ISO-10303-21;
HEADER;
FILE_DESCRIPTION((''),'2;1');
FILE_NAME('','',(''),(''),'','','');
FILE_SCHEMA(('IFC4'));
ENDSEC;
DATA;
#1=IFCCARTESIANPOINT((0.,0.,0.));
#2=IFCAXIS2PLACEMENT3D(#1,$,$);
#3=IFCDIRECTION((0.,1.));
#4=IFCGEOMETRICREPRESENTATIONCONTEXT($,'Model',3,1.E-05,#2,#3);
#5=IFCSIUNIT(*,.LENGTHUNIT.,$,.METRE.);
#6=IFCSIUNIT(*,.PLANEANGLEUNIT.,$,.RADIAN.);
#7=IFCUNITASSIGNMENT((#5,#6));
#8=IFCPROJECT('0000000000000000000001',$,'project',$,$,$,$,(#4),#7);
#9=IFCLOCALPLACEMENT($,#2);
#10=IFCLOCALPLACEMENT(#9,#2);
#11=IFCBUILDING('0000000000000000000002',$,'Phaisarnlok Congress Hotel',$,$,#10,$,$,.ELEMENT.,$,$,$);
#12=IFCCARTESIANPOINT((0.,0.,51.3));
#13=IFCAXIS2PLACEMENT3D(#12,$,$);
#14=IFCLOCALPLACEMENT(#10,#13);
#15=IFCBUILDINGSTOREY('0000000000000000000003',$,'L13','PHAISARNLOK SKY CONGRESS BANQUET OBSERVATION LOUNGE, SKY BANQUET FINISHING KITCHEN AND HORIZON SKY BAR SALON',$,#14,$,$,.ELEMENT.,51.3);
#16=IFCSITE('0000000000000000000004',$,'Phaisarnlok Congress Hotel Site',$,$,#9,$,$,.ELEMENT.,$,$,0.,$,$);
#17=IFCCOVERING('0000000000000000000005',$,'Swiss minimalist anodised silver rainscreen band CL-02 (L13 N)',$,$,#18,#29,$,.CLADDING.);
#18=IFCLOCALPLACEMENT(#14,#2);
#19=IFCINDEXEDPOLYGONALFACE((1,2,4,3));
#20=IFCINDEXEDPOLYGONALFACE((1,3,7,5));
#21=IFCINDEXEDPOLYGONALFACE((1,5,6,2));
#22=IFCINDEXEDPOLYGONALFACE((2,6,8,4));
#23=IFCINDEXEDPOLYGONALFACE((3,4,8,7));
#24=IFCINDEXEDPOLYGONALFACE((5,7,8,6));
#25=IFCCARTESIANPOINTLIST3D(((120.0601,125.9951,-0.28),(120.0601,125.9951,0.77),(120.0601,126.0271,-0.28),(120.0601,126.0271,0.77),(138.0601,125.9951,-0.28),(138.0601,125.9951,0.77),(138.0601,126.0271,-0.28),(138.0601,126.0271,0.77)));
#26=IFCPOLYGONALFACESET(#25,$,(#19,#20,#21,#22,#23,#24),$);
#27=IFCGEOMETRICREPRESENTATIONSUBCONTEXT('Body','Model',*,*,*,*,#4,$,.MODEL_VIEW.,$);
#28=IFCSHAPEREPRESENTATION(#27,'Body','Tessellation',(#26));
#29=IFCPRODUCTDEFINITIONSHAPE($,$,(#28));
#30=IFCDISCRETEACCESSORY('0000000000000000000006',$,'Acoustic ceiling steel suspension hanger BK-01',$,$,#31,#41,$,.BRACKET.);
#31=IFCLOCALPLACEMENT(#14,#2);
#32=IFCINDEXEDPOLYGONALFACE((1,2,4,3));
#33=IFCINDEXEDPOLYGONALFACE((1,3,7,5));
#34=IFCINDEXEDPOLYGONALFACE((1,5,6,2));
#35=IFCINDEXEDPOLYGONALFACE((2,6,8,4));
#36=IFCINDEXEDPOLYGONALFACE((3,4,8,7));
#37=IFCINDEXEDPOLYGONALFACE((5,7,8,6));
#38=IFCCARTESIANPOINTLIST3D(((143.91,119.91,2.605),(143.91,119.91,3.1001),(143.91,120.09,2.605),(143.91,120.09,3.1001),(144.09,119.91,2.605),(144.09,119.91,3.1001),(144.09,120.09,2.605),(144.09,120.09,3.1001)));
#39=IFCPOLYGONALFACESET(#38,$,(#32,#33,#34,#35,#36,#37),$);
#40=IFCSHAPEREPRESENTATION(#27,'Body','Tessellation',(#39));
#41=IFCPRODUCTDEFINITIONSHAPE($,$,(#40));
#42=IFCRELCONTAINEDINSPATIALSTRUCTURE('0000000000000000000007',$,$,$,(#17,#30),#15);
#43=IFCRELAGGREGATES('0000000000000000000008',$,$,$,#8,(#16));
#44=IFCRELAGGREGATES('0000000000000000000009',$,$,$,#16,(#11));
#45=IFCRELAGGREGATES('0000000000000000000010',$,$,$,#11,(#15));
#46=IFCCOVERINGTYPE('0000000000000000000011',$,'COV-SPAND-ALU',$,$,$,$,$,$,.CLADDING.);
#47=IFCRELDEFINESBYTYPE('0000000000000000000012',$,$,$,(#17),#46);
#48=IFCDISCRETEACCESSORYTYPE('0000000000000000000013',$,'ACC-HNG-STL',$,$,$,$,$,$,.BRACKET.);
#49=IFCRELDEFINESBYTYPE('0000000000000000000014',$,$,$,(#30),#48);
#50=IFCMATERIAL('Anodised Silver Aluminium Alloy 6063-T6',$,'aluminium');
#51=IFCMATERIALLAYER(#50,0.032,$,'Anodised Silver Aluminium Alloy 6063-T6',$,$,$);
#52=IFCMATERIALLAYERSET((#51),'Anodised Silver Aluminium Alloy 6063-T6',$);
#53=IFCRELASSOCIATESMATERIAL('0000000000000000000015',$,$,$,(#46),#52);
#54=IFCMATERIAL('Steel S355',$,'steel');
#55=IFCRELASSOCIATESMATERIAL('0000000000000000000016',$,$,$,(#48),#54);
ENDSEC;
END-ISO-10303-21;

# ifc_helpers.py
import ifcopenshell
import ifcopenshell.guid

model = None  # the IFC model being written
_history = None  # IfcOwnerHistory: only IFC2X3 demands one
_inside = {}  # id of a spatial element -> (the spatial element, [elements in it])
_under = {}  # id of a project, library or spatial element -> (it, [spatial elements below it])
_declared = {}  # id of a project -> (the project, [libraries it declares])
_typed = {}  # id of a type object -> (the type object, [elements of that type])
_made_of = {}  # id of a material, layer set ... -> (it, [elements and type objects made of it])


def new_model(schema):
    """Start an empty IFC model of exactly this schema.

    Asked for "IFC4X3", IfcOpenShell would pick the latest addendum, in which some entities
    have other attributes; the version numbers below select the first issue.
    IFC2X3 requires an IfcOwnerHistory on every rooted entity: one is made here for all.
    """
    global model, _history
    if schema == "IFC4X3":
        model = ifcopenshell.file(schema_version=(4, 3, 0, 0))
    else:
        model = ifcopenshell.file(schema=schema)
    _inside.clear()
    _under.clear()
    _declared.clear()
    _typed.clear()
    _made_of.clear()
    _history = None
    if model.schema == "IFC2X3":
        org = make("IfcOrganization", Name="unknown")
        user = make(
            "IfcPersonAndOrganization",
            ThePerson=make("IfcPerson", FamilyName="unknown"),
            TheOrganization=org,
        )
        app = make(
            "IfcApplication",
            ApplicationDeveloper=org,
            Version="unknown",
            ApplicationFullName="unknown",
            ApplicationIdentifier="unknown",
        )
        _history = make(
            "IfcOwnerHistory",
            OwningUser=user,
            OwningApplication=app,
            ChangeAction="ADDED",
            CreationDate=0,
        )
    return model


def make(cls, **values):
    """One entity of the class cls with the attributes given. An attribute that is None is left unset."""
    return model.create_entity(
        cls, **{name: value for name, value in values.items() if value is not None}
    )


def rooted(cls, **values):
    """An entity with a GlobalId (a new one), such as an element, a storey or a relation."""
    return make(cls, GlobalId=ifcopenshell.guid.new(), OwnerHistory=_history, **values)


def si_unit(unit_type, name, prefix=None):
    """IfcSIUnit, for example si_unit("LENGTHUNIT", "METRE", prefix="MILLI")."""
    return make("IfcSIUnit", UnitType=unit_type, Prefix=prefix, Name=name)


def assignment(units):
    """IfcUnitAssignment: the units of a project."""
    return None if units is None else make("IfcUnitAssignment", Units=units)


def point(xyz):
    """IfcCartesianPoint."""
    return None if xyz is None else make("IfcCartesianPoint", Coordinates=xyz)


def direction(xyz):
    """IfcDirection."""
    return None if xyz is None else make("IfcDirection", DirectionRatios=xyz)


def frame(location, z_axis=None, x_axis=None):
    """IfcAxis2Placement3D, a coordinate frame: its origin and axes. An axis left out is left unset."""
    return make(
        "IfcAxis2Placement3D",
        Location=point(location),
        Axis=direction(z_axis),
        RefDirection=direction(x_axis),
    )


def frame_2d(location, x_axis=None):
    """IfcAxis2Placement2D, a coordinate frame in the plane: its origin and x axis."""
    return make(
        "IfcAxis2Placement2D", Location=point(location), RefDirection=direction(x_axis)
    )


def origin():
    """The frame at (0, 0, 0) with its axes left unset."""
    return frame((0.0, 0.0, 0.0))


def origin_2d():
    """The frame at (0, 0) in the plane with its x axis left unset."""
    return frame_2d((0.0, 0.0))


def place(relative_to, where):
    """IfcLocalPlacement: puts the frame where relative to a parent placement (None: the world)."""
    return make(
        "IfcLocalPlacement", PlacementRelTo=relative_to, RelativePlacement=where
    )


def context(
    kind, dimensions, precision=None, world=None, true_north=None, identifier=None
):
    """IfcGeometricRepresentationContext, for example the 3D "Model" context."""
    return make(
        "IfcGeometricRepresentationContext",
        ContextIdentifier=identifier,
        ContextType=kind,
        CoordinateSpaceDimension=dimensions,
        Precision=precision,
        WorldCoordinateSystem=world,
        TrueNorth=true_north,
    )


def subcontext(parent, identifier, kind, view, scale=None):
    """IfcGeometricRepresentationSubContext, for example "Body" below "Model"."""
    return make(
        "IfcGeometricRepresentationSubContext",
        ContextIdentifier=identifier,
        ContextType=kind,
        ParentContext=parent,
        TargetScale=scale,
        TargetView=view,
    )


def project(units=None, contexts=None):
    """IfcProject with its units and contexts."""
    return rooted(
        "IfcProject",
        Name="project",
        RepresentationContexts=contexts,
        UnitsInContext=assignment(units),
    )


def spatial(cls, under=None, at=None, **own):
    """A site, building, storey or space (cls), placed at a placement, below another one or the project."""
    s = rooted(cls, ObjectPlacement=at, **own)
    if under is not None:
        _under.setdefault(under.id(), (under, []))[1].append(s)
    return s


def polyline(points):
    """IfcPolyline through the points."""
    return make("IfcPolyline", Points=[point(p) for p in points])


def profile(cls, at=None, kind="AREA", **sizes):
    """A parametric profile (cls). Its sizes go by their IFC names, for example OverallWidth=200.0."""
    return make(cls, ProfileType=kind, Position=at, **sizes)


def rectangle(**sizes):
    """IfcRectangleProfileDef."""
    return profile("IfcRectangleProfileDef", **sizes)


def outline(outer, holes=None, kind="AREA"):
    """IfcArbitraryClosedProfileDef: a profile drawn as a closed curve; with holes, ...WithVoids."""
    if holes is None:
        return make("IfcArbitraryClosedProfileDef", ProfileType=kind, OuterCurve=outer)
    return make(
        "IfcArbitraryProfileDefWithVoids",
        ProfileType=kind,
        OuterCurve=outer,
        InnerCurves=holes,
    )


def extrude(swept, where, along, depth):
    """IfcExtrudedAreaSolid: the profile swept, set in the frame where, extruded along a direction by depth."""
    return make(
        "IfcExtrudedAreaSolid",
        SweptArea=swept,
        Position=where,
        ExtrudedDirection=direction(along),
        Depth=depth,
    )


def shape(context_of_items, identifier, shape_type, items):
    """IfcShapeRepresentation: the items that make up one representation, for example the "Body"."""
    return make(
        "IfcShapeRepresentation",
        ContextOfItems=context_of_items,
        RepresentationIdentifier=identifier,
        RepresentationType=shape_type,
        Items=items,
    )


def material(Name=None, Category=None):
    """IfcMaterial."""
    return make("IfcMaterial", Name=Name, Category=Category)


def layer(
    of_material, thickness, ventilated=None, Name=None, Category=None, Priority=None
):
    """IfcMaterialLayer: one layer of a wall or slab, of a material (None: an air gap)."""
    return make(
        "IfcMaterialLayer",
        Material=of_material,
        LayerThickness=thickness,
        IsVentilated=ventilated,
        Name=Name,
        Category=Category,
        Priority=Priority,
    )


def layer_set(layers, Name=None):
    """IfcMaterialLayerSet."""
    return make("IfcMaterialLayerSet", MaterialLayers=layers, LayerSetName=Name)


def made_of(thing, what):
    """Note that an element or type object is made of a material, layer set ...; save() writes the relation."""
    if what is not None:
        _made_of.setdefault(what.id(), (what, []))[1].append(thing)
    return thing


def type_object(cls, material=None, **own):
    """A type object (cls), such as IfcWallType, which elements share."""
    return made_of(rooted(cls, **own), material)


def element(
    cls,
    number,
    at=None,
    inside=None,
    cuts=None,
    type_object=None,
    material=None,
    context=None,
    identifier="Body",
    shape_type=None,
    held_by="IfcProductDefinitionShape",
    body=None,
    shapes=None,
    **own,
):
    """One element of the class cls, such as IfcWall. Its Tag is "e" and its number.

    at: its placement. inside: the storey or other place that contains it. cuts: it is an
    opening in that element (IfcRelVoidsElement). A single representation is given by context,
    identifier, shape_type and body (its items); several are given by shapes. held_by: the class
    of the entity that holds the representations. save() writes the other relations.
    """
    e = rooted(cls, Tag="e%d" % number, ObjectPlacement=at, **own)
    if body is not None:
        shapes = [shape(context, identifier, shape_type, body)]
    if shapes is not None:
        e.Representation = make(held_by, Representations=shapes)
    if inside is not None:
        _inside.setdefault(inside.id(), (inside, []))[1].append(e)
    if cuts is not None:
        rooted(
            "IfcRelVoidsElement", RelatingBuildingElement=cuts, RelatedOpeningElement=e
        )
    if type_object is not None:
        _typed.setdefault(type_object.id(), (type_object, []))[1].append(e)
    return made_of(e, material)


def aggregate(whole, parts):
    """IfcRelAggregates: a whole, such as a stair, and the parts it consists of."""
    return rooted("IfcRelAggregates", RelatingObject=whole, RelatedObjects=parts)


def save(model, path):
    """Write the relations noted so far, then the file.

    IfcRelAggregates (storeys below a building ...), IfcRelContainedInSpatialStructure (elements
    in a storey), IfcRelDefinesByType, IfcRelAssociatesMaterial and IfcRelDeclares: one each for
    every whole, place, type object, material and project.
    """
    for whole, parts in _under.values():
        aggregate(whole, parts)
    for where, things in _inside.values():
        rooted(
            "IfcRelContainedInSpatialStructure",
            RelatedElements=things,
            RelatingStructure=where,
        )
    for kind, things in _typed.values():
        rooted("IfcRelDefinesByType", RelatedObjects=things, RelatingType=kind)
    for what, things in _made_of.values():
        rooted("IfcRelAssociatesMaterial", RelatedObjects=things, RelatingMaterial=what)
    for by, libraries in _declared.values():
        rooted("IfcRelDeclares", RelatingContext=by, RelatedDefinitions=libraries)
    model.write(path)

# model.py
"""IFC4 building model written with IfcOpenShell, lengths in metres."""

from ifc_helpers import new_model, si_unit, direction, frame, origin, origin_2d, place, context, subcontext, project, spatial, polyline, rectangle, outline, extrude, material, layer, layer_set, type_object, element, save


model = new_model("IFC4")

# Units and contexts
model_context = context("Model", 3, precision=1e-05, world=origin(), true_north=direction((0.0, 1.0)))
body_context = subcontext(model_context, "Body", "Model", "MODEL_VIEW")
ifc_project = project(units=[si_unit("LENGTHUNIT", "METRE"), si_unit("PLANEANGLEUNIT", "RADIAN")], contexts=[model_context])

# Site, building, storey
site_placement = place(None, origin())
site = spatial("IfcSite", under=ifc_project, at=site_placement, Name="Phaisarnlok Congress Hotel Site", CompositionType="ELEMENT", RefElevation=0.0)
building_placement = place(site_placement, origin())
building = spatial("IfcBuilding", under=site, at=building_placement, Name="Phaisarnlok Congress Hotel", CompositionType="ELEMENT")
storey_placement = place(building_placement, frame((0.0, 0.0, 51.3)))
storey = spatial("IfcBuildingStorey", under=building, at=storey_placement, Name="L13", Description="PHAISARNLOK SKY CONGRESS BANQUET OBSERVATION LOUNGE, SKY BANQUET FINISHING KITCHEN AND HORIZON SKY BAR SALON", CompositionType="ELEMENT", Elevation=51.3)

# Shared definitions
ifc_material_1 = material(Name="Steel S355", Category="steel")

# Covering
ifc_material_2 = material(Name="Anodised Silver Aluminium Alloy 6063-T6", Category="aluminium")
ifc_layer_1 = layer(ifc_material_2, 0.032, Name="Anodised Silver Aluminium Alloy 6063-T6")
ifc_layer_set_1 = layer_set([ifc_layer_1], Name="Anodised Silver Aluminium Alloy 6063-T6")
covering_type = type_object("IfcCoveringType", Name="COV-SPAND-ALU", PredefinedType="CLADDING", material=ifc_layer_set_1)
covering_placement = place(storey_placement, frame((138.0601, 125.9951, -0.28), z_axis=(0.0, 1.0, 0.0), x_axis=(-1.0, 0.0, 0.0)))
element("IfcCovering", 1, at=covering_placement, inside=storey, type_object=covering_type, Name="Swiss minimalist anodised silver rainscreen band CL-02 (L13 N)", PredefinedType="CLADDING", context=body_context, shape_type="SweptSolid", body=[
    extrude(outline(polyline([(0.0, 0.0), (18.0, 0.0), (18.0, 1.05), (0.0, 1.05), (0.0, 0.0)])), origin(), (0.0, 0.0, 1.0), 0.032),
])

# Discrete accessory
discrete_accessory_type = type_object("IfcDiscreteAccessoryType", Name="ACC-HNG-STL", PredefinedType="BRACKET", material=ifc_material_1)
discrete_accessory_placement = place(storey_placement, frame((144.0, 120.0, 2.605), z_axis=(0.0, 0.0, 1.0), x_axis=(1.0, 0.0, 0.0)))
element("IfcDiscreteAccessory", 2, at=discrete_accessory_placement, inside=storey, type_object=discrete_accessory_type, Name="Acoustic ceiling steel suspension hanger BK-01", PredefinedType="BRACKET", context=body_context, shape_type="SweptSolid", body=[
    extrude(rectangle(XDim=0.1799, YDim=0.1799, at=origin_2d()), origin(), (0.0, 0.0, 1.0), 0.4951),
])

save(model, "model.ifc")
